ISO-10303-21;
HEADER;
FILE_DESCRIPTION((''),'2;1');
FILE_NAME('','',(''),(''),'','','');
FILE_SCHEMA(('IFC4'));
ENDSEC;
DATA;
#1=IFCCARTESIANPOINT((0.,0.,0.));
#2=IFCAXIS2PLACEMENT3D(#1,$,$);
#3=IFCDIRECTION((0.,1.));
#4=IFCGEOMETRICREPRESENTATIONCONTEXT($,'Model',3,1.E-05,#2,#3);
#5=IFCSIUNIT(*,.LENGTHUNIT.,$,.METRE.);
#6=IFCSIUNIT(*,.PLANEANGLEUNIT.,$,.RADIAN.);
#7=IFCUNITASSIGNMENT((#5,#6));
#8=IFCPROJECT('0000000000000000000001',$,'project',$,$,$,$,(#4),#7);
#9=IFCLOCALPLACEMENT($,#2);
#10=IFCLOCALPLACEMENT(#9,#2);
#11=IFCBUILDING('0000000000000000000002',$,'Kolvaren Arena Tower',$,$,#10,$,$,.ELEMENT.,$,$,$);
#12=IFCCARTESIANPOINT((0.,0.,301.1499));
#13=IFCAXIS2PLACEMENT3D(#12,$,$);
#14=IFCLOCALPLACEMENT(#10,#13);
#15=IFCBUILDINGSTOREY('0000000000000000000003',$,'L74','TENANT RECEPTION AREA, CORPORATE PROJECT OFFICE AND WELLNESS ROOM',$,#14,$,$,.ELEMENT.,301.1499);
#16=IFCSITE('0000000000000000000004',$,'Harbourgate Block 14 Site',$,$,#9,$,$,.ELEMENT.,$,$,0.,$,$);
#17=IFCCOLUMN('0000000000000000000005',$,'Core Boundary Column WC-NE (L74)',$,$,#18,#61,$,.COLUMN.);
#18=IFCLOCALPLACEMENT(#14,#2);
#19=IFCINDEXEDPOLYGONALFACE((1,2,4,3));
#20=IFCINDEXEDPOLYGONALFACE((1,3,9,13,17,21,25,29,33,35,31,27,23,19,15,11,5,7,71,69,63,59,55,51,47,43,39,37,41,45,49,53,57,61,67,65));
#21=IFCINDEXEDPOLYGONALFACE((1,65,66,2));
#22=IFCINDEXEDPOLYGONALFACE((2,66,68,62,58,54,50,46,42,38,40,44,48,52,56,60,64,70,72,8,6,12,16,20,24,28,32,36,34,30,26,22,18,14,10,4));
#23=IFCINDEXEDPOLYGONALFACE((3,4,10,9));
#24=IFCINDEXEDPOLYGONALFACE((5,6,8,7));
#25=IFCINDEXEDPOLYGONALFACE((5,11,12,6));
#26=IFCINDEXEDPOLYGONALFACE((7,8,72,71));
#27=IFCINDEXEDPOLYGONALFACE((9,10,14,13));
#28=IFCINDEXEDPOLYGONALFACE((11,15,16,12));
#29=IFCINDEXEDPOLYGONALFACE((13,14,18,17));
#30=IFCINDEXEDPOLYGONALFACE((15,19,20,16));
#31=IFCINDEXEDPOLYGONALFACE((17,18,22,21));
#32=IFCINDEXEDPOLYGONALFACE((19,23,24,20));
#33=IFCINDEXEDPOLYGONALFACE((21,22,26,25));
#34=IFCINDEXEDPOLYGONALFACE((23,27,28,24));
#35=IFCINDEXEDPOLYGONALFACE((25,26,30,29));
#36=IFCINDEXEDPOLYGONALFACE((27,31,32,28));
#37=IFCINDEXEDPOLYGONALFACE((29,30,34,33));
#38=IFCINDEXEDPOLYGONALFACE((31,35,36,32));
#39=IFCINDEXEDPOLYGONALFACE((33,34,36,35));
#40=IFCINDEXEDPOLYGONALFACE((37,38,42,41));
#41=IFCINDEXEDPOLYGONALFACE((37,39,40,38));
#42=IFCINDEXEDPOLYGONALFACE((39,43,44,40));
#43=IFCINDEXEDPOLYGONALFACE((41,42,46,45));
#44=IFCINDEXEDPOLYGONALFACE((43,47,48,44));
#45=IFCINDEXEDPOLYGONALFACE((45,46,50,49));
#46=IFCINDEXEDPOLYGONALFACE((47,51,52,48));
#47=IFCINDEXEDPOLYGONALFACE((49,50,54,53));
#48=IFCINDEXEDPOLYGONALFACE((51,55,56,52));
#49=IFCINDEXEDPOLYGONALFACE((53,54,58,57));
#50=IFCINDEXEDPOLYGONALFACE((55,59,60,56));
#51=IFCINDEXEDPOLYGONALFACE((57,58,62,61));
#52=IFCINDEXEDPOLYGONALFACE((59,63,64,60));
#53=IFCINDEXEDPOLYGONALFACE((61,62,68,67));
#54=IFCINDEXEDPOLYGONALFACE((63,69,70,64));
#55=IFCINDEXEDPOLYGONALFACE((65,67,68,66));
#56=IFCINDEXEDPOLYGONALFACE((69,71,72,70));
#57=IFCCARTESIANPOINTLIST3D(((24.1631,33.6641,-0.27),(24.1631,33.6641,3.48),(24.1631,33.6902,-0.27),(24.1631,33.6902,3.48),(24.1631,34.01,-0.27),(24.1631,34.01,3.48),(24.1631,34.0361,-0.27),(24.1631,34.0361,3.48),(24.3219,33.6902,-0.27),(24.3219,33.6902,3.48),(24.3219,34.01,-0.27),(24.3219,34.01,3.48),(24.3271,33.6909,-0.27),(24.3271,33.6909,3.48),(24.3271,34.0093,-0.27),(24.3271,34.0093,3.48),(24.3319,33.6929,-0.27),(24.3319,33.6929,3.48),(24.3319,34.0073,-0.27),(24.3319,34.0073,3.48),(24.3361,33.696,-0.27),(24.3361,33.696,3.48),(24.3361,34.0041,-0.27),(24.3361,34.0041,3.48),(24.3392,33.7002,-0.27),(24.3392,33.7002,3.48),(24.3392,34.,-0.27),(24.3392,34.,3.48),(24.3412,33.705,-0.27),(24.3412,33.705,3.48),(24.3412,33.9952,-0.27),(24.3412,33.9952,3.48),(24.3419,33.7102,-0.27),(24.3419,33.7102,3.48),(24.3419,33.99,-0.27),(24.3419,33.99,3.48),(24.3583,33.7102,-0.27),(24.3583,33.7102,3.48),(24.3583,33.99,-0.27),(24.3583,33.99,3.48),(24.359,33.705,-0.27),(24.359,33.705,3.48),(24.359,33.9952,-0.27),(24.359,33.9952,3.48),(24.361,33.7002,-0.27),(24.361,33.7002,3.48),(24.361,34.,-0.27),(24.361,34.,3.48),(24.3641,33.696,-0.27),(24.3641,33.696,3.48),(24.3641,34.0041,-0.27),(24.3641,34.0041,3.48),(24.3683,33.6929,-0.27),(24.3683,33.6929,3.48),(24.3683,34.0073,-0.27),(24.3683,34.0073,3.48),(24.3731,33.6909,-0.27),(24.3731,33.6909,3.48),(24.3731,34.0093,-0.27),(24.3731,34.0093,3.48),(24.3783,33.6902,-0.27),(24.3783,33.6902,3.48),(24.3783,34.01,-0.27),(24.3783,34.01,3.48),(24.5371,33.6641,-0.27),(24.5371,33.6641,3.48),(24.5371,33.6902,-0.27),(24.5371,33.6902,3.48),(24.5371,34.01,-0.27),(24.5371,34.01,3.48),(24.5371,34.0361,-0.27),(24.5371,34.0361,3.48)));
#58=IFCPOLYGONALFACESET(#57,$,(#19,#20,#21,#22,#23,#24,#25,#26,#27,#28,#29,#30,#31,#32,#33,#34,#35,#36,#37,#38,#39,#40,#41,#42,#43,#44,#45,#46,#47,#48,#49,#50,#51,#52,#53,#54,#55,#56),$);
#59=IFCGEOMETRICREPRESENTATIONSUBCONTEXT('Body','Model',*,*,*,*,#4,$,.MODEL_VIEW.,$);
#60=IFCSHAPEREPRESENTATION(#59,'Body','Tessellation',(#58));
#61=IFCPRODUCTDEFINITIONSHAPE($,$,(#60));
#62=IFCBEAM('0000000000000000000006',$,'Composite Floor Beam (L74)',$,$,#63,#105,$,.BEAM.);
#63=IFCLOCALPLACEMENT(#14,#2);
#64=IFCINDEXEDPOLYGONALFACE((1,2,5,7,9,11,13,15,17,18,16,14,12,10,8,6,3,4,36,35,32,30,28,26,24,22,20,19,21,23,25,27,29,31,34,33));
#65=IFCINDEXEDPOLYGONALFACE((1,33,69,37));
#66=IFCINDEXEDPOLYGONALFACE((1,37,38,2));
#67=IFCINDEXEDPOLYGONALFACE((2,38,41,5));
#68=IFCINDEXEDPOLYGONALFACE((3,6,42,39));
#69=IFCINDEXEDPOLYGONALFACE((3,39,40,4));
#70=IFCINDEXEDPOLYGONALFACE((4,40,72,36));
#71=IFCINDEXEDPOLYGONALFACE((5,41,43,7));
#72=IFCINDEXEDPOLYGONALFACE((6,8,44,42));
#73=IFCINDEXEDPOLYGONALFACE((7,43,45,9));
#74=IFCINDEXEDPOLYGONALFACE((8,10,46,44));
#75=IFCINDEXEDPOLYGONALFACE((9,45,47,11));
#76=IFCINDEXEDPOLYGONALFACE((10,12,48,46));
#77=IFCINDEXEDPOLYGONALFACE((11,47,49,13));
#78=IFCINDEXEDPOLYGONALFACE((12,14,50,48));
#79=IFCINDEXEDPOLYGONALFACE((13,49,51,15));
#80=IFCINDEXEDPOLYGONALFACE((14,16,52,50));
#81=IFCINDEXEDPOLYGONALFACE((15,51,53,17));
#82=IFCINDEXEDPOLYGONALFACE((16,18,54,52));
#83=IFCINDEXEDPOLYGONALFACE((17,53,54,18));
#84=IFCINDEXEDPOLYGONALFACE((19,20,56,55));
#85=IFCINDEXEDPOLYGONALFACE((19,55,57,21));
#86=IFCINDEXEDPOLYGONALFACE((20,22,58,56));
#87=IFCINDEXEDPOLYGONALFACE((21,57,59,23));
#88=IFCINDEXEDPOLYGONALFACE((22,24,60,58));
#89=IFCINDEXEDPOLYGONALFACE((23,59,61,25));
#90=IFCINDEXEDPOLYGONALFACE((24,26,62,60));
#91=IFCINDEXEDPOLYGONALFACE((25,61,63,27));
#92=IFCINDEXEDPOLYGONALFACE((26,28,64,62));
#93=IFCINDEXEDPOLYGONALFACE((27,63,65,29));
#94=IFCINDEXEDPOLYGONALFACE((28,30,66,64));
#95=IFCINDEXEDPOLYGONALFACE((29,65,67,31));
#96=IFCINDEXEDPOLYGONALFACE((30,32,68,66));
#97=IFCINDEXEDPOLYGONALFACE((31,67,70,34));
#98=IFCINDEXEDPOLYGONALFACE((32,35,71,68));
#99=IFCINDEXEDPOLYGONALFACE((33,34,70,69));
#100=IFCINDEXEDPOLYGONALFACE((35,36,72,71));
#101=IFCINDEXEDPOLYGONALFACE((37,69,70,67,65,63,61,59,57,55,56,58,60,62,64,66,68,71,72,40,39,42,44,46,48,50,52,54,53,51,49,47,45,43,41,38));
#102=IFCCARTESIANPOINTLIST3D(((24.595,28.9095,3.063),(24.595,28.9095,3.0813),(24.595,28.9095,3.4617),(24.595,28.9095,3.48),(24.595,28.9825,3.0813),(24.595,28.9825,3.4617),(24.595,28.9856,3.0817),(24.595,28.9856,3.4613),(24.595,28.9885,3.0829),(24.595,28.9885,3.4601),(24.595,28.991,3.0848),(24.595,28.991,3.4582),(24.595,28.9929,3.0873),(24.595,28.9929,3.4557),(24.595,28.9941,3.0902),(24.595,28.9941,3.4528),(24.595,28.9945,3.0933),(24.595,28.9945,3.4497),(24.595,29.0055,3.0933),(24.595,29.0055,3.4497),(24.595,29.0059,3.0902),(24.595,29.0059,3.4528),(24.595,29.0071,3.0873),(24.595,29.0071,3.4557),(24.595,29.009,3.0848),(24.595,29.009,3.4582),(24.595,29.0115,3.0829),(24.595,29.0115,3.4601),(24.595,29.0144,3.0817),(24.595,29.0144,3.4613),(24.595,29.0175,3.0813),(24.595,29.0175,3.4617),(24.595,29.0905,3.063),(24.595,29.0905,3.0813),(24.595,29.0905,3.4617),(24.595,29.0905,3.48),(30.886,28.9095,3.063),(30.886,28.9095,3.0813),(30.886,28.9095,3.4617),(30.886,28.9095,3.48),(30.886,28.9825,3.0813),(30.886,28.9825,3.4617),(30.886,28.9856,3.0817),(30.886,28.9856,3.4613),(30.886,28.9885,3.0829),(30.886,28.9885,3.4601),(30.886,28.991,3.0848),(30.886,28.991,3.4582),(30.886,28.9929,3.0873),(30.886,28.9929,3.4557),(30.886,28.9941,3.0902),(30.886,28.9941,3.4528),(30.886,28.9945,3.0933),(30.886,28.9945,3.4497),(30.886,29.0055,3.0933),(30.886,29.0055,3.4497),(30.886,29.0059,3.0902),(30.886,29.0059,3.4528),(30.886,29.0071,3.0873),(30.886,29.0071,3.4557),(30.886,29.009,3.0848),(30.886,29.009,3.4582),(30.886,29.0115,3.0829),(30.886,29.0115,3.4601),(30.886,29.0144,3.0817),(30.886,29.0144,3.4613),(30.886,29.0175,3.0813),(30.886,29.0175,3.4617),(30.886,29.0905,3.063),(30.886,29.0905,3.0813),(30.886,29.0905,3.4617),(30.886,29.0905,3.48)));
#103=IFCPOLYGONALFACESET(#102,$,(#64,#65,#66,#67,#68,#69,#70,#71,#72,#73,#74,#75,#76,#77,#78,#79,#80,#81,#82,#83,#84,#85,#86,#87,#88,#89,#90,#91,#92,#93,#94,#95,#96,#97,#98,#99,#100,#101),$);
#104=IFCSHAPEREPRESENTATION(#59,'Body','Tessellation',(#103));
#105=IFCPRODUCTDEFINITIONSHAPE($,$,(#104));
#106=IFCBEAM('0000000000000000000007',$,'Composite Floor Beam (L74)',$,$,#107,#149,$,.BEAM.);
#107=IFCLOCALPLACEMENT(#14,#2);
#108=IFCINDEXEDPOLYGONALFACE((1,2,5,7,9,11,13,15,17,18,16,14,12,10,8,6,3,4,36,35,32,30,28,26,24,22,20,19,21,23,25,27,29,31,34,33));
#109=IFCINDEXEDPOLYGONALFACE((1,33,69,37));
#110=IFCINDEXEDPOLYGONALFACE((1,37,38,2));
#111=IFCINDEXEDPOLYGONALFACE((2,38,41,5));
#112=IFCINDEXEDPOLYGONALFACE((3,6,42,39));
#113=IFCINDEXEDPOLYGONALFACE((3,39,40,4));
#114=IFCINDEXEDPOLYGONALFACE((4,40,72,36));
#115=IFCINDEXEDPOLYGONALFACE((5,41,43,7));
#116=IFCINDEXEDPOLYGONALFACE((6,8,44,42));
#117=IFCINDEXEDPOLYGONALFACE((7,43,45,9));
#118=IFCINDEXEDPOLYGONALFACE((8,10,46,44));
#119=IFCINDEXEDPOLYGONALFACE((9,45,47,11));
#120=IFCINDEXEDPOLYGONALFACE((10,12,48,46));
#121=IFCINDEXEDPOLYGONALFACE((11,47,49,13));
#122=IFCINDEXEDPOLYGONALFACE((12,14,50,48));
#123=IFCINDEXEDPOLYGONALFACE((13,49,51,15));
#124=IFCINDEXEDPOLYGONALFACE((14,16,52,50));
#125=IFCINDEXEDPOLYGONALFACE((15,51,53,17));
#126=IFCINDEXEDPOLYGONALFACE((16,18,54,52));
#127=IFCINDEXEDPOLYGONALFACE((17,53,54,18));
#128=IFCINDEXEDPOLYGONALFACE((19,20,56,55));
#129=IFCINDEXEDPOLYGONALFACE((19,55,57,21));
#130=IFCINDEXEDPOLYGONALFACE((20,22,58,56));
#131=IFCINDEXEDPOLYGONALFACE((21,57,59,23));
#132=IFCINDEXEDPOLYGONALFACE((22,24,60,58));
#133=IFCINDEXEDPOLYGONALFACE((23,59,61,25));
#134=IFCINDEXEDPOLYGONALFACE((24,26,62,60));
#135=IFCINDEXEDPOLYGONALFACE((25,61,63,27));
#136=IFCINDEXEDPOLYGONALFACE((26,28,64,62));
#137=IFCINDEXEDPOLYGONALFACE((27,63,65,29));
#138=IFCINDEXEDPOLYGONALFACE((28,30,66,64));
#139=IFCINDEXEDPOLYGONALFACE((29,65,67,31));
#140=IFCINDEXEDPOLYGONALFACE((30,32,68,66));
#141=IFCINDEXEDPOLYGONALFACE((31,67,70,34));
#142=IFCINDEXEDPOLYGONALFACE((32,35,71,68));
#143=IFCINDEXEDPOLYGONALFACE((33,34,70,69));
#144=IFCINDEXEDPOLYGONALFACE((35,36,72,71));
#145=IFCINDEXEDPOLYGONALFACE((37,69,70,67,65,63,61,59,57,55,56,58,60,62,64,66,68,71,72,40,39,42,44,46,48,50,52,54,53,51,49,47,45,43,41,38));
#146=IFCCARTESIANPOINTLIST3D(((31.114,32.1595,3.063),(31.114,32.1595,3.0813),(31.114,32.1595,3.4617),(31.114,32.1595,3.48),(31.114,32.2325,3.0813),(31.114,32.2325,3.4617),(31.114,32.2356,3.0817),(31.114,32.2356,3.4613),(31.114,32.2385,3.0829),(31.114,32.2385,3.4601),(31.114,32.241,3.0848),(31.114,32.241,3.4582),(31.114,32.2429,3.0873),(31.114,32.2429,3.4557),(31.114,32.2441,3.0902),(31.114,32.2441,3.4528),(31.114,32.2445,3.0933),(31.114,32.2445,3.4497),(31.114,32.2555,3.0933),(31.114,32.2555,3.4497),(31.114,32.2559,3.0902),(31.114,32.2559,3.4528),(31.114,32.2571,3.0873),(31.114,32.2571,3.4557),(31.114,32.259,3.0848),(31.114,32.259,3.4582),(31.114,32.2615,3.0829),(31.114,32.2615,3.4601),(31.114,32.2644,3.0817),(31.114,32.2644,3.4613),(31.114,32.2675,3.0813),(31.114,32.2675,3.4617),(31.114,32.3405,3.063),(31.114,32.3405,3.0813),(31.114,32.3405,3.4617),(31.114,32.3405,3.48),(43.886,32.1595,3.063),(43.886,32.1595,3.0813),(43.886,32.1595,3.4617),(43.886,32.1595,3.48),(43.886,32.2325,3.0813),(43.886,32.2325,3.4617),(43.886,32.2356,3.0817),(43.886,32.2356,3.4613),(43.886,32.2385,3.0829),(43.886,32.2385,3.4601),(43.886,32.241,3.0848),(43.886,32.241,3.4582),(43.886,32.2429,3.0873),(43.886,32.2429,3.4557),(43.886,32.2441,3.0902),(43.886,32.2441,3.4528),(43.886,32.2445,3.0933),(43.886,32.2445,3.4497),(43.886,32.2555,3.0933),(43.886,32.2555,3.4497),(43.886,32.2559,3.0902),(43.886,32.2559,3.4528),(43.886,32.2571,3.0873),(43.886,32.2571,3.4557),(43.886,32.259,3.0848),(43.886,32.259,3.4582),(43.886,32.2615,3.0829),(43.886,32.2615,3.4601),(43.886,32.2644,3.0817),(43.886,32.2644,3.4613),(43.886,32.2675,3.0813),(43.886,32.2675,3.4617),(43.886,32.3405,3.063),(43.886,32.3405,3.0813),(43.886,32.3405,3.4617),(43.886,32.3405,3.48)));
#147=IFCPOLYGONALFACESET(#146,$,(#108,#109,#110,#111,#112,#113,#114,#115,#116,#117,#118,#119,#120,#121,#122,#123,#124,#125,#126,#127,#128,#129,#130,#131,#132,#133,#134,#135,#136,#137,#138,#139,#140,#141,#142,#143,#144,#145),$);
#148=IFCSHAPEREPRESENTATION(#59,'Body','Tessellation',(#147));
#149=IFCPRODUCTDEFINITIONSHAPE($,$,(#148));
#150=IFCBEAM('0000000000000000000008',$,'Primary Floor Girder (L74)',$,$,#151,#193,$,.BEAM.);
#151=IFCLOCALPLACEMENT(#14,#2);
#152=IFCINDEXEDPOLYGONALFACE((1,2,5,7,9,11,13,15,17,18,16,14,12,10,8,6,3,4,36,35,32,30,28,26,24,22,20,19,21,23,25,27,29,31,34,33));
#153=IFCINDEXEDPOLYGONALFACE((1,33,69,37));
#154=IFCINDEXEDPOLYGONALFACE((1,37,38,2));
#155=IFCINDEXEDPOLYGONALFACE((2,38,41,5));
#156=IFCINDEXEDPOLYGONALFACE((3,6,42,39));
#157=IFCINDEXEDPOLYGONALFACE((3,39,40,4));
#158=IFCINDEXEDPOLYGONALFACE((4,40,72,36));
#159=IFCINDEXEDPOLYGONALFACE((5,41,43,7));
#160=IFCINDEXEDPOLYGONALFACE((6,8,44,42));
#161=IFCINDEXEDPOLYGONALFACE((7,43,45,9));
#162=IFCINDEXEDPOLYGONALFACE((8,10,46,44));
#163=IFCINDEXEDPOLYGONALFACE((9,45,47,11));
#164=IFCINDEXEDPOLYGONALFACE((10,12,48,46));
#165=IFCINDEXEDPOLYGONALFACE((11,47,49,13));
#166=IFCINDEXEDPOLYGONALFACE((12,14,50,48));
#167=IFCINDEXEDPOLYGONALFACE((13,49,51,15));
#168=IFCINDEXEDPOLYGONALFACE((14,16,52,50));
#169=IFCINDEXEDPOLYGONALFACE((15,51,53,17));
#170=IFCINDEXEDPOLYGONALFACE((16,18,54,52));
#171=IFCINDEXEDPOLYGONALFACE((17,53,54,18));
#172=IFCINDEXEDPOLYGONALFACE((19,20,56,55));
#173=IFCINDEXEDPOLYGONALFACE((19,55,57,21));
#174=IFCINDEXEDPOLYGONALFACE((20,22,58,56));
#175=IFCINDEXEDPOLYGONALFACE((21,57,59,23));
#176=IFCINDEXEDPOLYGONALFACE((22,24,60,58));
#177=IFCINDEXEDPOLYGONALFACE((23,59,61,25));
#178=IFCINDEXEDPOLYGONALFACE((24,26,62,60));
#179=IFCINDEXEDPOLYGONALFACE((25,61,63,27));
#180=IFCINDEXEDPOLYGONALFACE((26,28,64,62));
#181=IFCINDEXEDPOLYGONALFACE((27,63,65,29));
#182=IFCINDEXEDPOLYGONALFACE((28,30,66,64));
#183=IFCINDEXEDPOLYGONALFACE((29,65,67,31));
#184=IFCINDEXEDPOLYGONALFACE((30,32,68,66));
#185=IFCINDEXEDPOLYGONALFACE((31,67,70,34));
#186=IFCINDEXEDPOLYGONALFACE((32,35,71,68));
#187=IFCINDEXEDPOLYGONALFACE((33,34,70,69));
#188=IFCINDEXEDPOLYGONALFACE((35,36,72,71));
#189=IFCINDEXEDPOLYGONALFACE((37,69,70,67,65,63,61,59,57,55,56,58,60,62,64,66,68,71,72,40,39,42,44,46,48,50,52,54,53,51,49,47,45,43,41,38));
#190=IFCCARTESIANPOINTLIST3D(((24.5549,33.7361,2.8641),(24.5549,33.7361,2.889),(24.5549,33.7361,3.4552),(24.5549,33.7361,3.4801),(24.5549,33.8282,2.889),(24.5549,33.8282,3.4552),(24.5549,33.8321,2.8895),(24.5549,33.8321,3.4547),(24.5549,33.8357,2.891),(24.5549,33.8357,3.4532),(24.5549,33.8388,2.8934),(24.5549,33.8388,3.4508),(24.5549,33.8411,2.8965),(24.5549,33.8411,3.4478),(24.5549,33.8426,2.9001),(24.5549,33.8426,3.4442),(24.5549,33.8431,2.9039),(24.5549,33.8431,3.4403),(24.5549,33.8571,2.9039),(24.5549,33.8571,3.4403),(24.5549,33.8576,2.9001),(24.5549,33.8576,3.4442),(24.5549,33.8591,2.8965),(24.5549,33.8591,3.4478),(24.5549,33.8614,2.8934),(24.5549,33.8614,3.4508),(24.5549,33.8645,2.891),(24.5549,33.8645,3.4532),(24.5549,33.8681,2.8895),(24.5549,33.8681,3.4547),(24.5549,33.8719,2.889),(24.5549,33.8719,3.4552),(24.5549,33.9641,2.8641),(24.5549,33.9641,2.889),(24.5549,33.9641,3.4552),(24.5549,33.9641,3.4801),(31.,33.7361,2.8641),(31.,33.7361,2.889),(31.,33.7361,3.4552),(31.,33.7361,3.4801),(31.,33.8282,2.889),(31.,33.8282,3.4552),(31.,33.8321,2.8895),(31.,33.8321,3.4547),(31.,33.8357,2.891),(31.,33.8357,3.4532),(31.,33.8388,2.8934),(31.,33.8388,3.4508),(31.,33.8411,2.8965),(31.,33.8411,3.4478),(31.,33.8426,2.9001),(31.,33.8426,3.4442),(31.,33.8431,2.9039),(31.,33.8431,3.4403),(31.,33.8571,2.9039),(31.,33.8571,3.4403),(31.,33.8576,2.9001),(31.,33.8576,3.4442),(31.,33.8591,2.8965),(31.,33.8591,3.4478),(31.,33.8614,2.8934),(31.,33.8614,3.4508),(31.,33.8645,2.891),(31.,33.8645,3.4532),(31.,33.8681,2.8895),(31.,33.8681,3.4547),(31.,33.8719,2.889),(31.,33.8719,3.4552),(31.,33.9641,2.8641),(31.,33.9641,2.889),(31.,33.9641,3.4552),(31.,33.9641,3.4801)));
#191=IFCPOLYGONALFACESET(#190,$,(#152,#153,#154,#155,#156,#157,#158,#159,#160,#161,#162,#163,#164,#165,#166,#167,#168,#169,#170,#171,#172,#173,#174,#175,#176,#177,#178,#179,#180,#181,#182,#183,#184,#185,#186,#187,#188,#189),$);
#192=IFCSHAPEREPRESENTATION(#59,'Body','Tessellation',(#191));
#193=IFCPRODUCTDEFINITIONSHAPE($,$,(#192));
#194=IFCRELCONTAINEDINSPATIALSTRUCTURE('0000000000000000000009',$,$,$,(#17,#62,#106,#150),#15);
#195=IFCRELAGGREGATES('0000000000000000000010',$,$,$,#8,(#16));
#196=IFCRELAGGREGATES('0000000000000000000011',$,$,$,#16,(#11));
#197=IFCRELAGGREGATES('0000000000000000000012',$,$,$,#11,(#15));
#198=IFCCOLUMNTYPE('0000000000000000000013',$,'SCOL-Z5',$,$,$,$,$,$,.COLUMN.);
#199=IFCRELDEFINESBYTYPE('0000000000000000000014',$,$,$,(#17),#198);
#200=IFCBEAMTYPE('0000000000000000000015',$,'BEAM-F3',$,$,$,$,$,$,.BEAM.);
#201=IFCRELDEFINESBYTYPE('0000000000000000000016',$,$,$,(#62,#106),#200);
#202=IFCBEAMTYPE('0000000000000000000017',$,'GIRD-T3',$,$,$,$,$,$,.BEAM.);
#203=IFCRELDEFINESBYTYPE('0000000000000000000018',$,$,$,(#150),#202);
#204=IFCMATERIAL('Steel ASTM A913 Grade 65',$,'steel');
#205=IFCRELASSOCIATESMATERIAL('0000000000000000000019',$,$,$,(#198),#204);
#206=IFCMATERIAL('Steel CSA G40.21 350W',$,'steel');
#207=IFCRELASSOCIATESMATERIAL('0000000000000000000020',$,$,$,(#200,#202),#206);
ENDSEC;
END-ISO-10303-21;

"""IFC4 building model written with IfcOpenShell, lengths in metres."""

from ifc_helpers import new_model, si_unit, direction, frame, origin, origin_2d, place, context, subcontext, project, spatial, i_section, extrude, material, material_profile, profile_set, type_object, element, save


model = new_model("IFC4")

# Units and contexts
model_context = context("Model", 3, precision=1e-05, world=origin(), true_north=direction((0.0, 1.0)))
body_context = subcontext(model_context, "Body", "Model", "MODEL_VIEW")
ifc_project = project(units=[si_unit("LENGTHUNIT", "METRE"), si_unit("PLANEANGLEUNIT", "RADIAN")], contexts=[model_context])

# Site, building, storey
site_placement = place(None, origin())
site = spatial("IfcSite", under=ifc_project, at=site_placement, Name="Harbourgate Block 14 Site", CompositionType="ELEMENT", RefElevation=0.0)
building_placement = place(site_placement, origin())
building = spatial("IfcBuilding", under=site, at=building_placement, Name="Kolvaren Arena Tower", CompositionType="ELEMENT")
storey_placement = place(building_placement, frame((0.0, 0.0, 301.1499)))
storey = spatial("IfcBuildingStorey", under=building, at=storey_placement, Name="L74", Description="TENANT RECEPTION AREA, CORPORATE PROJECT OFFICE AND WELLNESS ROOM", CompositionType="ELEMENT", Elevation=301.1499)

# Column
ifc_material_1 = material(Name="Steel ASTM A913 Grade 65", Category="steel")
ifc_material_profile_1 = material_profile(ifc_material_1, i_section(OverallWidth=0.374, OverallDepth=0.3721, WebThickness=0.0164, FlangeThickness=0.0261, FilletRadius=0.02, at=origin_2d()), Name="W360x196")
ifc_profile_set_1 = profile_set([ifc_material_profile_1], Name="Steel ASTM A913 Grade 65")
column_type = type_object("IfcColumnType", Name="SCOL-Z5", PredefinedType="COLUMN", material=ifc_profile_set_1)
column_placement = place(storey_placement, frame((24.3501, 33.8501, -0.27), z_axis=(0.0, 0.0, 1.0), x_axis=(1.0, 0.0, 0.0)))
element("IfcColumn", 1, at=column_placement, inside=storey, type_object=column_type, Name="Core Boundary Column WC-NE (L74)", PredefinedType="COLUMN", context=body_context, shape_type="SweptSolid", body=[
    extrude(i_section(OverallWidth=0.374, OverallDepth=0.3721, WebThickness=0.0164, FlangeThickness=0.0261, FilletRadius=0.02, at=origin_2d()), origin(), (0.0, 0.0, 1.0), 3.75),
])

# Beams
ifc_material_2 = material(Name="Steel CSA G40.21 350W", Category="steel")
ifc_material_profile_2 = material_profile(ifc_material_2, i_section(OverallWidth=0.1809, OverallDepth=0.417, WebThickness=0.011, FlangeThickness=0.0183, FilletRadius=0.012, at=origin_2d()), Name="W410x85")
ifc_profile_set_2 = profile_set([ifc_material_profile_2], Name="Steel CSA G40.21 350W")
beam_type_1 = type_object("IfcBeamType", Name="BEAM-F3", PredefinedType="BEAM", material=ifc_profile_set_2)
beam_1_placement = place(storey_placement, frame((24.595, 29.0, 3.2715), z_axis=(1.0, 0.0, 0.0), x_axis=(0.0, 1.0, 0.0)))
element("IfcBeam", 2, at=beam_1_placement, inside=storey, type_object=beam_type_1, Name="Composite Floor Beam (L74)", PredefinedType="BEAM", context=body_context, shape_type="SweptSolid", body=[
    extrude(i_section(OverallWidth=0.1809, OverallDepth=0.417, WebThickness=0.011, FlangeThickness=0.0183, FilletRadius=0.012, at=origin_2d()), origin(), (0.0, 0.0, 1.0), 6.291),
])
beam_2_placement = place(storey_placement, frame((31.114, 32.25, 3.2715), z_axis=(1.0, 0.0, 0.0), x_axis=(0.0, 1.0, 0.0)))
element("IfcBeam", 3, at=beam_2_placement, inside=storey, type_object=beam_type_1, Name="Composite Floor Beam (L74)", PredefinedType="BEAM", context=body_context, shape_type="SweptSolid", body=[
    extrude(i_section(OverallWidth=0.1809, OverallDepth=0.417, WebThickness=0.011, FlangeThickness=0.0183, FilletRadius=0.012, at=origin_2d()), origin(), (0.0, 0.0, 1.0), 12.772),
])
ifc_material_profile_3 = material_profile(ifc_material_2, i_section(OverallWidth=0.228, OverallDepth=0.616, WebThickness=0.0139, FlangeThickness=0.0249, FilletRadius=0.0149, at=origin_2d()), Name="W610x174")
ifc_profile_set_3 = profile_set([ifc_material_profile_3], Name="Steel CSA G40.21 350W")
beam_type_2 = type_object("IfcBeamType", Name="GIRD-T3", PredefinedType="BEAM", material=ifc_profile_set_3)
beam_3_placement = place(storey_placement, frame((24.5549, 33.8501, 3.1721), z_axis=(1.0, 0.0, 0.0), x_axis=(0.0, 1.0, 0.0)))
element("IfcBeam", 4, at=beam_3_placement, inside=storey, type_object=beam_type_2, Name="Primary Floor Girder (L74)", PredefinedType="BEAM", context=body_context, shape_type="SweptSolid", body=[
    extrude(i_section(OverallWidth=0.228, OverallDepth=0.616, WebThickness=0.0139, FlangeThickness=0.0249, FilletRadius=0.0149, at=origin_2d()), origin(), (0.0, 0.0, 1.0), 6.4451),
])

save(model, "model.ifc")
